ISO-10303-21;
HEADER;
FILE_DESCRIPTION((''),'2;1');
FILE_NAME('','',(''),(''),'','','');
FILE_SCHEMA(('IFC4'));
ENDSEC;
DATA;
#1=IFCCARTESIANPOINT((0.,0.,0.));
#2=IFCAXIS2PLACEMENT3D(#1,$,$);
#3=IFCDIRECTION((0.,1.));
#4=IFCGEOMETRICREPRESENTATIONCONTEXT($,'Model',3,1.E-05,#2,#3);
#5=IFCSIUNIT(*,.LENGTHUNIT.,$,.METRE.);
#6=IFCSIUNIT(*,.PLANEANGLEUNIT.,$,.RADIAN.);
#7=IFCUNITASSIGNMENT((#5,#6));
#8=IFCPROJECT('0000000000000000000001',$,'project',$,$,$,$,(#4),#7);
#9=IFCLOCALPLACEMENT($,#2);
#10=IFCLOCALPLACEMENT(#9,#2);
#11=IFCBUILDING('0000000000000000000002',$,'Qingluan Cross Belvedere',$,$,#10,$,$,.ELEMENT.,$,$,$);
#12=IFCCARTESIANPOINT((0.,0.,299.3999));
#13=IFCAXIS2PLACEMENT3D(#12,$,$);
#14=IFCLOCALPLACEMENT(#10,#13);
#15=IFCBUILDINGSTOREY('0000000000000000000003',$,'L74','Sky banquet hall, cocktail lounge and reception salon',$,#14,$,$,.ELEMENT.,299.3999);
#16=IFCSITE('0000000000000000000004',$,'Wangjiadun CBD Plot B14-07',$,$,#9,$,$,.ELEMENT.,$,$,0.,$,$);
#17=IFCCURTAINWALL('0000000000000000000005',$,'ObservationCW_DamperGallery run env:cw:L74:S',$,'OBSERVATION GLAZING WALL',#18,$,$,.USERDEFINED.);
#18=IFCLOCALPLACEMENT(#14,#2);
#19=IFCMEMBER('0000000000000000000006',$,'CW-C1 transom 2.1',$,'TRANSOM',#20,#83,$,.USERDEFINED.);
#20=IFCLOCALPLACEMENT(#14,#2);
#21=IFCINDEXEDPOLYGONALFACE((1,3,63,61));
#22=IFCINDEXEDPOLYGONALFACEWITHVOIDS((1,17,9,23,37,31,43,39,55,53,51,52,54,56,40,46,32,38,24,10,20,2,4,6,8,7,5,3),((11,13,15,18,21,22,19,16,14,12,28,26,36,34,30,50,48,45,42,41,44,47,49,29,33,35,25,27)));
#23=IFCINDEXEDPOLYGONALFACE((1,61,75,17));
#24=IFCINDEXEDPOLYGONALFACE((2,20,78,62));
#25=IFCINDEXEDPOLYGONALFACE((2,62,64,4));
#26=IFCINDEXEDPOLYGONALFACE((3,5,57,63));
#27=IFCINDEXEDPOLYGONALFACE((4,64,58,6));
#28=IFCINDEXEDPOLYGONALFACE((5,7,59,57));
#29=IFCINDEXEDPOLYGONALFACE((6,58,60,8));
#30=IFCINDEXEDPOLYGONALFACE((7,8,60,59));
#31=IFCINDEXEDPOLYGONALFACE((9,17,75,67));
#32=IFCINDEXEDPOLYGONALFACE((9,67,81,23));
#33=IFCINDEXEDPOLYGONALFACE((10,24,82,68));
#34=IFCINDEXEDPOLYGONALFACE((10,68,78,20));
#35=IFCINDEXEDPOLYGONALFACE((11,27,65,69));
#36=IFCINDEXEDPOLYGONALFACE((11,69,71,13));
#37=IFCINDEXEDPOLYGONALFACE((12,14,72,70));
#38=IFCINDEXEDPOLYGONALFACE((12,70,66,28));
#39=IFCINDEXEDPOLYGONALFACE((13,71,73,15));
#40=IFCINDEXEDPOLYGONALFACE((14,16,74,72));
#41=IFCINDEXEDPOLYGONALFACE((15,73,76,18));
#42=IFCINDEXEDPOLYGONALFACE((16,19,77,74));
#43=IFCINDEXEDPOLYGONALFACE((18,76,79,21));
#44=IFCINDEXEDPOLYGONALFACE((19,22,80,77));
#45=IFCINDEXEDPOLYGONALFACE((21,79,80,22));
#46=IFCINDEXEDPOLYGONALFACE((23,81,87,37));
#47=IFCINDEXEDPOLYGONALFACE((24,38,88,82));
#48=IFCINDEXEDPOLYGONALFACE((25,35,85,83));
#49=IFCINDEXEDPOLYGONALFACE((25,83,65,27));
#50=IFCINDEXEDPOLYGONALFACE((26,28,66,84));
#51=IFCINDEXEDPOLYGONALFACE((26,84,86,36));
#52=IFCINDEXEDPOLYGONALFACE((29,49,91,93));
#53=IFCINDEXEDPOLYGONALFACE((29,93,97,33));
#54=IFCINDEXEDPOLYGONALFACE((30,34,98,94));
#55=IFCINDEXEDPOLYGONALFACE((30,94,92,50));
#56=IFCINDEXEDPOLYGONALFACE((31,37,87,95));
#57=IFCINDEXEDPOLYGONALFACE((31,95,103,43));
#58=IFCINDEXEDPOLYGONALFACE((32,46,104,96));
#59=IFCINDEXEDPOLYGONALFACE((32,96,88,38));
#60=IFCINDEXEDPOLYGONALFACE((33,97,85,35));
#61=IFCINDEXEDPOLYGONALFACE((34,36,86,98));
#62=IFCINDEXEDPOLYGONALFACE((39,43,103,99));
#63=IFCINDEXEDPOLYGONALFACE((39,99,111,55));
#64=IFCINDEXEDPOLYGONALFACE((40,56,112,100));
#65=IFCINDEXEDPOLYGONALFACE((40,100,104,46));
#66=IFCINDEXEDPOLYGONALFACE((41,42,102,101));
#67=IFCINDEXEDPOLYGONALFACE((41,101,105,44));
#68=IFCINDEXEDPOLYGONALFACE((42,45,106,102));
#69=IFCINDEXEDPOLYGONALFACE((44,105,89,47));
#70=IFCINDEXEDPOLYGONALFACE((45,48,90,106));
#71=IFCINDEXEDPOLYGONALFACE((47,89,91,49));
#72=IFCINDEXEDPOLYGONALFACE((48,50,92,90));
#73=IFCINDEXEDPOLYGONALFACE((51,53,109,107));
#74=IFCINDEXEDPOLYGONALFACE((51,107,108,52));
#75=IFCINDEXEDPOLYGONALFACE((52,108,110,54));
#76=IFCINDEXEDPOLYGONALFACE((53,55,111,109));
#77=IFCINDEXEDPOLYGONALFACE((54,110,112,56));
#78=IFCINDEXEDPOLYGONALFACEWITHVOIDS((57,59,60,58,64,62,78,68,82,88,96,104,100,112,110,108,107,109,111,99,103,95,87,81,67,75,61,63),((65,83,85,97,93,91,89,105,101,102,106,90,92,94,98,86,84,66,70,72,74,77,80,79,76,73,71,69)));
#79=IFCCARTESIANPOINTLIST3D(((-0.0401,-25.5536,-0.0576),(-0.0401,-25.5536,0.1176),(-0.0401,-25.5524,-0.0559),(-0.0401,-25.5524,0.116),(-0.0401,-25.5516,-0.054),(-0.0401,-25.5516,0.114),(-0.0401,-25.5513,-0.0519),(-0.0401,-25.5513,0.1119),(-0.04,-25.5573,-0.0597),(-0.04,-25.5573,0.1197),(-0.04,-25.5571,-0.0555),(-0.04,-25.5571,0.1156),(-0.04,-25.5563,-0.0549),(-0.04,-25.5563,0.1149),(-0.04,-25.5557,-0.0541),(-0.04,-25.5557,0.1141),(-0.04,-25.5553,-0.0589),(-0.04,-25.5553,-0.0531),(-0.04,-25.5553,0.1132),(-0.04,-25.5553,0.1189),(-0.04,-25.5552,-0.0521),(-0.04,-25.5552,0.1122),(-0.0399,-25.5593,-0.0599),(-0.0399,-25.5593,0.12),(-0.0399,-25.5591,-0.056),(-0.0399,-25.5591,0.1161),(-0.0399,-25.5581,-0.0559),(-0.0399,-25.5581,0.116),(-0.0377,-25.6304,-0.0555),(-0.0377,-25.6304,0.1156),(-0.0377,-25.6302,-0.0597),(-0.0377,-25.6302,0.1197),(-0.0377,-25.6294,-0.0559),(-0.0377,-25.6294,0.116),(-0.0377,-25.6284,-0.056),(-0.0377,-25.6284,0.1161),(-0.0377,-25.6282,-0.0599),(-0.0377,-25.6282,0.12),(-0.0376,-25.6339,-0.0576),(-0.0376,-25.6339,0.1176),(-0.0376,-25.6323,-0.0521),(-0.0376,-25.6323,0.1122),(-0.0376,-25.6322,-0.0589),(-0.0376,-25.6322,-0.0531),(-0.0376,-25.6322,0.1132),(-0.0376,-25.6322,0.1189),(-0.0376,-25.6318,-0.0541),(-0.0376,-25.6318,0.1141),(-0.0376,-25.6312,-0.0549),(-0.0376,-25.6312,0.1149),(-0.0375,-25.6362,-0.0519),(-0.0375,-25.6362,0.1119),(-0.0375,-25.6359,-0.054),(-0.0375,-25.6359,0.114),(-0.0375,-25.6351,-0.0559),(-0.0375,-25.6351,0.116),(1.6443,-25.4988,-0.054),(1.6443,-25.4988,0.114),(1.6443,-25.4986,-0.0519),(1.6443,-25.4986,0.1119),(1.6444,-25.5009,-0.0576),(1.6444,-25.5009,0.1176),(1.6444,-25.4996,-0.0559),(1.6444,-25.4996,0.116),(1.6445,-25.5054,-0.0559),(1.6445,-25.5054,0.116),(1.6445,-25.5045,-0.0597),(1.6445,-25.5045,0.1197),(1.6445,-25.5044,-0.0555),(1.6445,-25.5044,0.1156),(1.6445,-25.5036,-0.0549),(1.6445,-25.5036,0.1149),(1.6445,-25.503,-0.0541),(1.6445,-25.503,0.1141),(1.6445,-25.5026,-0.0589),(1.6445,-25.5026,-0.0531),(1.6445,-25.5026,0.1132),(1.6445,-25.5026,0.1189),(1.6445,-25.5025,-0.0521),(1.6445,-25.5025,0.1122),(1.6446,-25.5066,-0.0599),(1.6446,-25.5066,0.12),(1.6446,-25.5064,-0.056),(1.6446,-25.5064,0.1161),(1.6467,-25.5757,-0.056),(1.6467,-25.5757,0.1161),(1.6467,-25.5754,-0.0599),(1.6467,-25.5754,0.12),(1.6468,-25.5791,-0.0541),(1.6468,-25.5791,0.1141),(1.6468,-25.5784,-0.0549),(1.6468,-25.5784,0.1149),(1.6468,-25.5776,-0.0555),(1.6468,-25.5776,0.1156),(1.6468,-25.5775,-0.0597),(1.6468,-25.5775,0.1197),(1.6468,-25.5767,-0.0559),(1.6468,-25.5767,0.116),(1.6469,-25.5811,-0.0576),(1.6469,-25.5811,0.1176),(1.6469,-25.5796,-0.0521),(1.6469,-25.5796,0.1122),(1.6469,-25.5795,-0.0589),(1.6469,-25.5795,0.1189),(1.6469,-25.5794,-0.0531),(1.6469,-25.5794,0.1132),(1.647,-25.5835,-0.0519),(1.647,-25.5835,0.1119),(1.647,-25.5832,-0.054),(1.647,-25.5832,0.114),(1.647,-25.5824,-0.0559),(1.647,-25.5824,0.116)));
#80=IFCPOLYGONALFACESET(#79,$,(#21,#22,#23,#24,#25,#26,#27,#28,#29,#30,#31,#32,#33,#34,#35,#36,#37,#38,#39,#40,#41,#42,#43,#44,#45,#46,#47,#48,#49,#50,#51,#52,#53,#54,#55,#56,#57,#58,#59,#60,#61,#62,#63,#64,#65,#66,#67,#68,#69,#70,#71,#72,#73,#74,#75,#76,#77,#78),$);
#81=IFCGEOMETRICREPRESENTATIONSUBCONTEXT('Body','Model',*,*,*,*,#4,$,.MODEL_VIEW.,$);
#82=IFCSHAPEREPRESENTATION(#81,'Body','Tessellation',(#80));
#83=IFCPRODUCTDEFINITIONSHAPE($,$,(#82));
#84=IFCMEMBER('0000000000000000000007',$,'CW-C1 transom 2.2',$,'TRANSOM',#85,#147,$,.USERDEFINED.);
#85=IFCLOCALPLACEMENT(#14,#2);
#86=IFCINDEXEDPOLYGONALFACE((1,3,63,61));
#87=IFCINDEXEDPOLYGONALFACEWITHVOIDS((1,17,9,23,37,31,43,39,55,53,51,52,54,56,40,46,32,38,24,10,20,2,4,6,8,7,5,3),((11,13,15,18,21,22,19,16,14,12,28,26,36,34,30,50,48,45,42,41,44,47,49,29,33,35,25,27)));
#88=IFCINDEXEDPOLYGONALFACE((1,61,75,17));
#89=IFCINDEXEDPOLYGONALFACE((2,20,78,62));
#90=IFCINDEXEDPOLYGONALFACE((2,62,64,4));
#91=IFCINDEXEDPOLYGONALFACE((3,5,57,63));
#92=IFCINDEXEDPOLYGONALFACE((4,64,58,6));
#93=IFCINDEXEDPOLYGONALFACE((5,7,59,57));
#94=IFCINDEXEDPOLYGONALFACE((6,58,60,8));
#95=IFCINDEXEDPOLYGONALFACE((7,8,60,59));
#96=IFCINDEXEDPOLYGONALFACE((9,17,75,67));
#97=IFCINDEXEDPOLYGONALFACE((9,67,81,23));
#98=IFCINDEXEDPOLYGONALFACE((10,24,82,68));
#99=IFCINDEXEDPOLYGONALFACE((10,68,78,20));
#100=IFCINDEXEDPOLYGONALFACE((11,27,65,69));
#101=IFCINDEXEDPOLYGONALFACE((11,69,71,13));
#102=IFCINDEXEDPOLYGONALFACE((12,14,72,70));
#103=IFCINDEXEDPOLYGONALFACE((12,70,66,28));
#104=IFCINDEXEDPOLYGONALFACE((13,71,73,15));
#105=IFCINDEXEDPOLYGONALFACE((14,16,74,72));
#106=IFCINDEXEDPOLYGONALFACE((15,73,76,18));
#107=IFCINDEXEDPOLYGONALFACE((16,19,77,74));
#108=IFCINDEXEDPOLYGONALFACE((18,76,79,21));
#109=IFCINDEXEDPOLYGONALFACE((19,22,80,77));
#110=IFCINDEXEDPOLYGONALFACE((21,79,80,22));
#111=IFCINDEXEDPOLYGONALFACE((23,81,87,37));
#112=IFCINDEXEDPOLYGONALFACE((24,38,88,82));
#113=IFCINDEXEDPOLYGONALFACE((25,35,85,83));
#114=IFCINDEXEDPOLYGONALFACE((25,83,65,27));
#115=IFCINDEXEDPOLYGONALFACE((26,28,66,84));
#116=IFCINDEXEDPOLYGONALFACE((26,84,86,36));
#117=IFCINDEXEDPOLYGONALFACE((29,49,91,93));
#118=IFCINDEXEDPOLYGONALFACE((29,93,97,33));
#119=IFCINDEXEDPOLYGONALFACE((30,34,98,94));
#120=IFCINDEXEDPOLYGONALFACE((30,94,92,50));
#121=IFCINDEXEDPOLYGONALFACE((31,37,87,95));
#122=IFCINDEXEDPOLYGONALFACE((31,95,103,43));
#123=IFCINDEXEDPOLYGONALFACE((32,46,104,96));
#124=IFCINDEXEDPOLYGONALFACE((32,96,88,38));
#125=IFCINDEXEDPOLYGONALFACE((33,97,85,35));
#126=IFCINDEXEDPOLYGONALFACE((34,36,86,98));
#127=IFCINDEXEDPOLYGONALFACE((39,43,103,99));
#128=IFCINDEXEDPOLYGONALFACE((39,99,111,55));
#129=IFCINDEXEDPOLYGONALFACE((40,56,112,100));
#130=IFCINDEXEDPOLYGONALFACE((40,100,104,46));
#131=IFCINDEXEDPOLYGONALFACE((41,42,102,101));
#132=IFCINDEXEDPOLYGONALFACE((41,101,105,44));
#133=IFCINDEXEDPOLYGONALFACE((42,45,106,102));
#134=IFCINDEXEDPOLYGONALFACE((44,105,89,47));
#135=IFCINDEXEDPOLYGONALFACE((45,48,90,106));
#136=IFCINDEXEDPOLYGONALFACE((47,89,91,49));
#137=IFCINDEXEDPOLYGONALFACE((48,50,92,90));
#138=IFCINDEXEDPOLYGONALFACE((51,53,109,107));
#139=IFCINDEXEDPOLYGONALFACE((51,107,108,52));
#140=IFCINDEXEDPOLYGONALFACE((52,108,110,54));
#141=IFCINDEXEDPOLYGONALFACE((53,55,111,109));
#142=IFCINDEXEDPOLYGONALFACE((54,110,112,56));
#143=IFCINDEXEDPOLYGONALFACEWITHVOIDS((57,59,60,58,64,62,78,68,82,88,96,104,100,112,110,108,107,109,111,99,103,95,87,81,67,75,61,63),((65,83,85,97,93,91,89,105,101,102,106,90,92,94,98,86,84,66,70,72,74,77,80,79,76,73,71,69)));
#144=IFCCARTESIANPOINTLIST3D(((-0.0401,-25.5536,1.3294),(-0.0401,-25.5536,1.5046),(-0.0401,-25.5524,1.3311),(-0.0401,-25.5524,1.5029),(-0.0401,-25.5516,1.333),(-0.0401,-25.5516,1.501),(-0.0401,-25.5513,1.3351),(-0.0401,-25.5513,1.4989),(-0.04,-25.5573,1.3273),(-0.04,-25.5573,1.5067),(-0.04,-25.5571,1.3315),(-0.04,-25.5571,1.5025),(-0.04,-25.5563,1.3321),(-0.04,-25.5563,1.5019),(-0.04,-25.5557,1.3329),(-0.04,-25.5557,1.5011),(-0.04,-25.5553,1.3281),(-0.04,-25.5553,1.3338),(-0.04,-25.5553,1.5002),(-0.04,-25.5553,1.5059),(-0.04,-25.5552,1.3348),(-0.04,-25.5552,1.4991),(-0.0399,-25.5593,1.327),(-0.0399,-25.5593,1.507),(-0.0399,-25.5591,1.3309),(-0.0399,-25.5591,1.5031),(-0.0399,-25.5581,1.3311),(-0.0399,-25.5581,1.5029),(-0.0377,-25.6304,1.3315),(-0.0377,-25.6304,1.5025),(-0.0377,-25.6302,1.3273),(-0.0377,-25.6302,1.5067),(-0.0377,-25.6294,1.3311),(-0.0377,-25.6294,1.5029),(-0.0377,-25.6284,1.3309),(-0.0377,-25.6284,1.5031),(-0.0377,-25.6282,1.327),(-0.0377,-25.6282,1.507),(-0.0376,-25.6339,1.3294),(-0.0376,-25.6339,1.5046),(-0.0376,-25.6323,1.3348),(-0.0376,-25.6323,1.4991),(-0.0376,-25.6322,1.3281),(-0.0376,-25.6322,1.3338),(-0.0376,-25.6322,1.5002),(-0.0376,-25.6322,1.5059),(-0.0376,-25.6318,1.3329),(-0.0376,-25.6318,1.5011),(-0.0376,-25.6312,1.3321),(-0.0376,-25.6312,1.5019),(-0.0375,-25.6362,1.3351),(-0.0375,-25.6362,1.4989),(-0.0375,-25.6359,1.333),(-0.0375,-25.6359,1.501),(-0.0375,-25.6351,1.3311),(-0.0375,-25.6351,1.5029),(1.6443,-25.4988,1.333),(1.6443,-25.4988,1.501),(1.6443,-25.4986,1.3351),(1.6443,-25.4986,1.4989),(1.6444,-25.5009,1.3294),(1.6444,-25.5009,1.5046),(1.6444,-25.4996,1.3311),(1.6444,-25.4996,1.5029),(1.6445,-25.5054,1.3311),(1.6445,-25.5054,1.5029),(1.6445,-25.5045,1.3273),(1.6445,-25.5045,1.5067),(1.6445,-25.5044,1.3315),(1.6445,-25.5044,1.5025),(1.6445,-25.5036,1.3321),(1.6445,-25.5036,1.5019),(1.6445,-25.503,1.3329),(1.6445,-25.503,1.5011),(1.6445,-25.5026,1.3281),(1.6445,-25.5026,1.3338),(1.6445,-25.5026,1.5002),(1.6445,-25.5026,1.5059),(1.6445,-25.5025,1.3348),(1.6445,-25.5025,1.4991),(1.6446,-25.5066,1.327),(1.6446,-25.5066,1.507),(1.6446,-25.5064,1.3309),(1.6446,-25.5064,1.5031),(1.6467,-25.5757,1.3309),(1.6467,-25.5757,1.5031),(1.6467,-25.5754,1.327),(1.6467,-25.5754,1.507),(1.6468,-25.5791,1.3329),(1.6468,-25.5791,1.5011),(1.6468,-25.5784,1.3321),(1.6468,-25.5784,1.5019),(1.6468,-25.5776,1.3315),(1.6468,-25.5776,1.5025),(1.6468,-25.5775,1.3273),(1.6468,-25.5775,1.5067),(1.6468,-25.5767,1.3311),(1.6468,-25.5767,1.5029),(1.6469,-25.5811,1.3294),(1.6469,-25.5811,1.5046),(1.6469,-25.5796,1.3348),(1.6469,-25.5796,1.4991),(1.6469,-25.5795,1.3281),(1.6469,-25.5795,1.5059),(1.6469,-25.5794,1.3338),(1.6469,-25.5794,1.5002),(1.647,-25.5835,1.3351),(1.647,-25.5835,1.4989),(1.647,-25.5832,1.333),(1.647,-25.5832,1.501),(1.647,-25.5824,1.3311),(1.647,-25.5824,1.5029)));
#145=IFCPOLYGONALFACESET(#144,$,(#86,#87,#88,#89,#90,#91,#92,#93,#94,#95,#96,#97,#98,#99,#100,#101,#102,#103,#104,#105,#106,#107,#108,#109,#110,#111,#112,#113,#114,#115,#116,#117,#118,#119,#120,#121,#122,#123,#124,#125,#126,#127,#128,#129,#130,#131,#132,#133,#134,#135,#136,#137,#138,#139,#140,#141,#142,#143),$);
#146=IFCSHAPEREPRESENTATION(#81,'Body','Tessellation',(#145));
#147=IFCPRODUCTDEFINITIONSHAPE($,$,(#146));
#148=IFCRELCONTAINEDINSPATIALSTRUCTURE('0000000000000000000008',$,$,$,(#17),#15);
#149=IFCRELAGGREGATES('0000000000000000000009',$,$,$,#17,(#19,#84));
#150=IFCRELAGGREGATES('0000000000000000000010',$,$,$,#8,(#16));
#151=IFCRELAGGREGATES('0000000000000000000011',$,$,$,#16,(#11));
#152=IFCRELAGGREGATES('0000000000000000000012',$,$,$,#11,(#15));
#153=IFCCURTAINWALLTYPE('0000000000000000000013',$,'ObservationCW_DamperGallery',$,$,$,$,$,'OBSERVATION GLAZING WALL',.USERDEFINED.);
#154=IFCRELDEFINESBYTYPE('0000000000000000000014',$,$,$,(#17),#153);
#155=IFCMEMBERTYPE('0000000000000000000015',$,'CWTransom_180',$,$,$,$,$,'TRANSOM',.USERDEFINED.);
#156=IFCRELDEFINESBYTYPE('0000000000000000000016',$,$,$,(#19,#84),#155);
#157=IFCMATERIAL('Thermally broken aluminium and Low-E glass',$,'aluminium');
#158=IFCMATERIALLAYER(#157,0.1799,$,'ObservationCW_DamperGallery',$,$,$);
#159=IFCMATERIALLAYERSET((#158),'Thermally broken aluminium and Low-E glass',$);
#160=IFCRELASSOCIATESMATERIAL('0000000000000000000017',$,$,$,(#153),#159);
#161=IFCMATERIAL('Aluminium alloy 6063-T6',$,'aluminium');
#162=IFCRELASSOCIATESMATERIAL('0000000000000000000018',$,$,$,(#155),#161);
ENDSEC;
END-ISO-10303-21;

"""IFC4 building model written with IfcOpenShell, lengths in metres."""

from ifc_helpers import new_model, si_unit, direction, frame, origin, origin_2d, place, context, subcontext, project, spatial, hollow_rectangle, extrude, material, layer, layer_set, material_profile, profile_set, type_object, element, aggregate, save


model = new_model("IFC4")

# Units and contexts
model_context = context("Model", 3, precision=1e-05, world=origin(), true_north=direction((0.0, 1.0)))
body_context = subcontext(model_context, "Body", "Model", "MODEL_VIEW")
ifc_project = project(units=[si_unit("LENGTHUNIT", "METRE"), si_unit("PLANEANGLEUNIT", "RADIAN")], contexts=[model_context])

# Site, building, storey
site_placement = place(None, origin())
site = spatial("IfcSite", under=ifc_project, at=site_placement, Name="Wangjiadun CBD Plot B14-07", CompositionType="ELEMENT", RefElevation=0.0)
building_placement = place(site_placement, origin())
building = spatial("IfcBuilding", under=site, at=building_placement, Name="Qingluan Cross Belvedere", CompositionType="ELEMENT")
storey_placement = place(building_placement, frame((0.0, 0.0, 299.3999)))
storey = spatial("IfcBuildingStorey", under=building, at=storey_placement, Name="L74", Description="Sky banquet hall, cocktail lounge and reception salon", CompositionType="ELEMENT", Elevation=299.3999)

# Curtain wall, members
ifc_material_1 = material(Name="Thermally broken aluminium and Low-E glass", Category="aluminium")
ifc_layer_1 = layer(ifc_material_1, 0.1799, Name="ObservationCW_DamperGallery")
ifc_layer_set_1 = layer_set([ifc_layer_1], Name="Thermally broken aluminium and Low-E glass")
curtain_wall_type = type_object("IfcCurtainWallType", Name="ObservationCW_DamperGallery", ElementType="OBSERVATION GLAZING WALL", PredefinedType="USERDEFINED", material=ifc_layer_set_1)
curtain_wall_placement = place(storey_placement, origin())
curtain_wall = element("IfcCurtainWall", 1, at=curtain_wall_placement, inside=storey, type_object=curtain_wall_type, Name="ObservationCW_DamperGallery run env:cw:L74:S", ObjectType="OBSERVATION GLAZING WALL", PredefinedType="USERDEFINED")
ifc_material_2 = material(Name="Aluminium alloy 6063-T6", Category="aluminium")
ifc_material_profile_1 = material_profile(ifc_material_2, hollow_rectangle(XDim=0.085, YDim=0.1799, WallThickness=0.0039, InnerFilletRadius=0.0039, OuterFilletRadius=0.0081, at=origin_2d()), Name="CWT180x85x4")
ifc_profile_set_1 = profile_set([ifc_material_profile_1], Name="Aluminium alloy 6063-T6")
member_type_1 = type_object("IfcMemberType", Name="CWTransom_180", ElementType="TRANSOM", PredefinedType="USERDEFINED", material=ifc_profile_set_1)
member_1_placement = place(storey_placement, frame((-0.0388, -25.5938, 0.03), z_axis=(0.99951, 0.031289, 0.0), x_axis=(-0.031289, 0.99951, 0.0)))
member_1 = element("IfcMember", 2, at=member_1_placement, type_object=member_type_1, Name="CW-C1 transom 2.1", ObjectType="TRANSOM", PredefinedType="USERDEFINED", context=body_context, shape_type="SweptSolid", body=[
    extrude(hollow_rectangle(XDim=0.085, YDim=0.1799, WallThickness=0.0039, InnerFilletRadius=0.0039, OuterFilletRadius=0.0081, at=origin_2d()), origin(), (0.0, 0.0, 1.0), 1.6853),
])
member_2_placement = place(storey_placement, frame((-0.0388, -25.5938, 1.417), z_axis=(0.99951, 0.031289, 0.0), x_axis=(-0.031289, 0.99951, 0.0)))
member_2 = element("IfcMember", 3, at=member_2_placement, type_object=member_type_1, Name="CW-C1 transom 2.2", ObjectType="TRANSOM", PredefinedType="USERDEFINED", context=body_context, shape_type="SweptSolid", body=[
    extrude(hollow_rectangle(XDim=0.085, YDim=0.1799, WallThickness=0.0039, InnerFilletRadius=0.0039, OuterFilletRadius=0.0081, at=origin_2d()), origin(), (0.0, 0.0, 1.0), 1.6853),
])

aggregate(curtain_wall, [member_1, member_2])

save(model, "model.ifc")
